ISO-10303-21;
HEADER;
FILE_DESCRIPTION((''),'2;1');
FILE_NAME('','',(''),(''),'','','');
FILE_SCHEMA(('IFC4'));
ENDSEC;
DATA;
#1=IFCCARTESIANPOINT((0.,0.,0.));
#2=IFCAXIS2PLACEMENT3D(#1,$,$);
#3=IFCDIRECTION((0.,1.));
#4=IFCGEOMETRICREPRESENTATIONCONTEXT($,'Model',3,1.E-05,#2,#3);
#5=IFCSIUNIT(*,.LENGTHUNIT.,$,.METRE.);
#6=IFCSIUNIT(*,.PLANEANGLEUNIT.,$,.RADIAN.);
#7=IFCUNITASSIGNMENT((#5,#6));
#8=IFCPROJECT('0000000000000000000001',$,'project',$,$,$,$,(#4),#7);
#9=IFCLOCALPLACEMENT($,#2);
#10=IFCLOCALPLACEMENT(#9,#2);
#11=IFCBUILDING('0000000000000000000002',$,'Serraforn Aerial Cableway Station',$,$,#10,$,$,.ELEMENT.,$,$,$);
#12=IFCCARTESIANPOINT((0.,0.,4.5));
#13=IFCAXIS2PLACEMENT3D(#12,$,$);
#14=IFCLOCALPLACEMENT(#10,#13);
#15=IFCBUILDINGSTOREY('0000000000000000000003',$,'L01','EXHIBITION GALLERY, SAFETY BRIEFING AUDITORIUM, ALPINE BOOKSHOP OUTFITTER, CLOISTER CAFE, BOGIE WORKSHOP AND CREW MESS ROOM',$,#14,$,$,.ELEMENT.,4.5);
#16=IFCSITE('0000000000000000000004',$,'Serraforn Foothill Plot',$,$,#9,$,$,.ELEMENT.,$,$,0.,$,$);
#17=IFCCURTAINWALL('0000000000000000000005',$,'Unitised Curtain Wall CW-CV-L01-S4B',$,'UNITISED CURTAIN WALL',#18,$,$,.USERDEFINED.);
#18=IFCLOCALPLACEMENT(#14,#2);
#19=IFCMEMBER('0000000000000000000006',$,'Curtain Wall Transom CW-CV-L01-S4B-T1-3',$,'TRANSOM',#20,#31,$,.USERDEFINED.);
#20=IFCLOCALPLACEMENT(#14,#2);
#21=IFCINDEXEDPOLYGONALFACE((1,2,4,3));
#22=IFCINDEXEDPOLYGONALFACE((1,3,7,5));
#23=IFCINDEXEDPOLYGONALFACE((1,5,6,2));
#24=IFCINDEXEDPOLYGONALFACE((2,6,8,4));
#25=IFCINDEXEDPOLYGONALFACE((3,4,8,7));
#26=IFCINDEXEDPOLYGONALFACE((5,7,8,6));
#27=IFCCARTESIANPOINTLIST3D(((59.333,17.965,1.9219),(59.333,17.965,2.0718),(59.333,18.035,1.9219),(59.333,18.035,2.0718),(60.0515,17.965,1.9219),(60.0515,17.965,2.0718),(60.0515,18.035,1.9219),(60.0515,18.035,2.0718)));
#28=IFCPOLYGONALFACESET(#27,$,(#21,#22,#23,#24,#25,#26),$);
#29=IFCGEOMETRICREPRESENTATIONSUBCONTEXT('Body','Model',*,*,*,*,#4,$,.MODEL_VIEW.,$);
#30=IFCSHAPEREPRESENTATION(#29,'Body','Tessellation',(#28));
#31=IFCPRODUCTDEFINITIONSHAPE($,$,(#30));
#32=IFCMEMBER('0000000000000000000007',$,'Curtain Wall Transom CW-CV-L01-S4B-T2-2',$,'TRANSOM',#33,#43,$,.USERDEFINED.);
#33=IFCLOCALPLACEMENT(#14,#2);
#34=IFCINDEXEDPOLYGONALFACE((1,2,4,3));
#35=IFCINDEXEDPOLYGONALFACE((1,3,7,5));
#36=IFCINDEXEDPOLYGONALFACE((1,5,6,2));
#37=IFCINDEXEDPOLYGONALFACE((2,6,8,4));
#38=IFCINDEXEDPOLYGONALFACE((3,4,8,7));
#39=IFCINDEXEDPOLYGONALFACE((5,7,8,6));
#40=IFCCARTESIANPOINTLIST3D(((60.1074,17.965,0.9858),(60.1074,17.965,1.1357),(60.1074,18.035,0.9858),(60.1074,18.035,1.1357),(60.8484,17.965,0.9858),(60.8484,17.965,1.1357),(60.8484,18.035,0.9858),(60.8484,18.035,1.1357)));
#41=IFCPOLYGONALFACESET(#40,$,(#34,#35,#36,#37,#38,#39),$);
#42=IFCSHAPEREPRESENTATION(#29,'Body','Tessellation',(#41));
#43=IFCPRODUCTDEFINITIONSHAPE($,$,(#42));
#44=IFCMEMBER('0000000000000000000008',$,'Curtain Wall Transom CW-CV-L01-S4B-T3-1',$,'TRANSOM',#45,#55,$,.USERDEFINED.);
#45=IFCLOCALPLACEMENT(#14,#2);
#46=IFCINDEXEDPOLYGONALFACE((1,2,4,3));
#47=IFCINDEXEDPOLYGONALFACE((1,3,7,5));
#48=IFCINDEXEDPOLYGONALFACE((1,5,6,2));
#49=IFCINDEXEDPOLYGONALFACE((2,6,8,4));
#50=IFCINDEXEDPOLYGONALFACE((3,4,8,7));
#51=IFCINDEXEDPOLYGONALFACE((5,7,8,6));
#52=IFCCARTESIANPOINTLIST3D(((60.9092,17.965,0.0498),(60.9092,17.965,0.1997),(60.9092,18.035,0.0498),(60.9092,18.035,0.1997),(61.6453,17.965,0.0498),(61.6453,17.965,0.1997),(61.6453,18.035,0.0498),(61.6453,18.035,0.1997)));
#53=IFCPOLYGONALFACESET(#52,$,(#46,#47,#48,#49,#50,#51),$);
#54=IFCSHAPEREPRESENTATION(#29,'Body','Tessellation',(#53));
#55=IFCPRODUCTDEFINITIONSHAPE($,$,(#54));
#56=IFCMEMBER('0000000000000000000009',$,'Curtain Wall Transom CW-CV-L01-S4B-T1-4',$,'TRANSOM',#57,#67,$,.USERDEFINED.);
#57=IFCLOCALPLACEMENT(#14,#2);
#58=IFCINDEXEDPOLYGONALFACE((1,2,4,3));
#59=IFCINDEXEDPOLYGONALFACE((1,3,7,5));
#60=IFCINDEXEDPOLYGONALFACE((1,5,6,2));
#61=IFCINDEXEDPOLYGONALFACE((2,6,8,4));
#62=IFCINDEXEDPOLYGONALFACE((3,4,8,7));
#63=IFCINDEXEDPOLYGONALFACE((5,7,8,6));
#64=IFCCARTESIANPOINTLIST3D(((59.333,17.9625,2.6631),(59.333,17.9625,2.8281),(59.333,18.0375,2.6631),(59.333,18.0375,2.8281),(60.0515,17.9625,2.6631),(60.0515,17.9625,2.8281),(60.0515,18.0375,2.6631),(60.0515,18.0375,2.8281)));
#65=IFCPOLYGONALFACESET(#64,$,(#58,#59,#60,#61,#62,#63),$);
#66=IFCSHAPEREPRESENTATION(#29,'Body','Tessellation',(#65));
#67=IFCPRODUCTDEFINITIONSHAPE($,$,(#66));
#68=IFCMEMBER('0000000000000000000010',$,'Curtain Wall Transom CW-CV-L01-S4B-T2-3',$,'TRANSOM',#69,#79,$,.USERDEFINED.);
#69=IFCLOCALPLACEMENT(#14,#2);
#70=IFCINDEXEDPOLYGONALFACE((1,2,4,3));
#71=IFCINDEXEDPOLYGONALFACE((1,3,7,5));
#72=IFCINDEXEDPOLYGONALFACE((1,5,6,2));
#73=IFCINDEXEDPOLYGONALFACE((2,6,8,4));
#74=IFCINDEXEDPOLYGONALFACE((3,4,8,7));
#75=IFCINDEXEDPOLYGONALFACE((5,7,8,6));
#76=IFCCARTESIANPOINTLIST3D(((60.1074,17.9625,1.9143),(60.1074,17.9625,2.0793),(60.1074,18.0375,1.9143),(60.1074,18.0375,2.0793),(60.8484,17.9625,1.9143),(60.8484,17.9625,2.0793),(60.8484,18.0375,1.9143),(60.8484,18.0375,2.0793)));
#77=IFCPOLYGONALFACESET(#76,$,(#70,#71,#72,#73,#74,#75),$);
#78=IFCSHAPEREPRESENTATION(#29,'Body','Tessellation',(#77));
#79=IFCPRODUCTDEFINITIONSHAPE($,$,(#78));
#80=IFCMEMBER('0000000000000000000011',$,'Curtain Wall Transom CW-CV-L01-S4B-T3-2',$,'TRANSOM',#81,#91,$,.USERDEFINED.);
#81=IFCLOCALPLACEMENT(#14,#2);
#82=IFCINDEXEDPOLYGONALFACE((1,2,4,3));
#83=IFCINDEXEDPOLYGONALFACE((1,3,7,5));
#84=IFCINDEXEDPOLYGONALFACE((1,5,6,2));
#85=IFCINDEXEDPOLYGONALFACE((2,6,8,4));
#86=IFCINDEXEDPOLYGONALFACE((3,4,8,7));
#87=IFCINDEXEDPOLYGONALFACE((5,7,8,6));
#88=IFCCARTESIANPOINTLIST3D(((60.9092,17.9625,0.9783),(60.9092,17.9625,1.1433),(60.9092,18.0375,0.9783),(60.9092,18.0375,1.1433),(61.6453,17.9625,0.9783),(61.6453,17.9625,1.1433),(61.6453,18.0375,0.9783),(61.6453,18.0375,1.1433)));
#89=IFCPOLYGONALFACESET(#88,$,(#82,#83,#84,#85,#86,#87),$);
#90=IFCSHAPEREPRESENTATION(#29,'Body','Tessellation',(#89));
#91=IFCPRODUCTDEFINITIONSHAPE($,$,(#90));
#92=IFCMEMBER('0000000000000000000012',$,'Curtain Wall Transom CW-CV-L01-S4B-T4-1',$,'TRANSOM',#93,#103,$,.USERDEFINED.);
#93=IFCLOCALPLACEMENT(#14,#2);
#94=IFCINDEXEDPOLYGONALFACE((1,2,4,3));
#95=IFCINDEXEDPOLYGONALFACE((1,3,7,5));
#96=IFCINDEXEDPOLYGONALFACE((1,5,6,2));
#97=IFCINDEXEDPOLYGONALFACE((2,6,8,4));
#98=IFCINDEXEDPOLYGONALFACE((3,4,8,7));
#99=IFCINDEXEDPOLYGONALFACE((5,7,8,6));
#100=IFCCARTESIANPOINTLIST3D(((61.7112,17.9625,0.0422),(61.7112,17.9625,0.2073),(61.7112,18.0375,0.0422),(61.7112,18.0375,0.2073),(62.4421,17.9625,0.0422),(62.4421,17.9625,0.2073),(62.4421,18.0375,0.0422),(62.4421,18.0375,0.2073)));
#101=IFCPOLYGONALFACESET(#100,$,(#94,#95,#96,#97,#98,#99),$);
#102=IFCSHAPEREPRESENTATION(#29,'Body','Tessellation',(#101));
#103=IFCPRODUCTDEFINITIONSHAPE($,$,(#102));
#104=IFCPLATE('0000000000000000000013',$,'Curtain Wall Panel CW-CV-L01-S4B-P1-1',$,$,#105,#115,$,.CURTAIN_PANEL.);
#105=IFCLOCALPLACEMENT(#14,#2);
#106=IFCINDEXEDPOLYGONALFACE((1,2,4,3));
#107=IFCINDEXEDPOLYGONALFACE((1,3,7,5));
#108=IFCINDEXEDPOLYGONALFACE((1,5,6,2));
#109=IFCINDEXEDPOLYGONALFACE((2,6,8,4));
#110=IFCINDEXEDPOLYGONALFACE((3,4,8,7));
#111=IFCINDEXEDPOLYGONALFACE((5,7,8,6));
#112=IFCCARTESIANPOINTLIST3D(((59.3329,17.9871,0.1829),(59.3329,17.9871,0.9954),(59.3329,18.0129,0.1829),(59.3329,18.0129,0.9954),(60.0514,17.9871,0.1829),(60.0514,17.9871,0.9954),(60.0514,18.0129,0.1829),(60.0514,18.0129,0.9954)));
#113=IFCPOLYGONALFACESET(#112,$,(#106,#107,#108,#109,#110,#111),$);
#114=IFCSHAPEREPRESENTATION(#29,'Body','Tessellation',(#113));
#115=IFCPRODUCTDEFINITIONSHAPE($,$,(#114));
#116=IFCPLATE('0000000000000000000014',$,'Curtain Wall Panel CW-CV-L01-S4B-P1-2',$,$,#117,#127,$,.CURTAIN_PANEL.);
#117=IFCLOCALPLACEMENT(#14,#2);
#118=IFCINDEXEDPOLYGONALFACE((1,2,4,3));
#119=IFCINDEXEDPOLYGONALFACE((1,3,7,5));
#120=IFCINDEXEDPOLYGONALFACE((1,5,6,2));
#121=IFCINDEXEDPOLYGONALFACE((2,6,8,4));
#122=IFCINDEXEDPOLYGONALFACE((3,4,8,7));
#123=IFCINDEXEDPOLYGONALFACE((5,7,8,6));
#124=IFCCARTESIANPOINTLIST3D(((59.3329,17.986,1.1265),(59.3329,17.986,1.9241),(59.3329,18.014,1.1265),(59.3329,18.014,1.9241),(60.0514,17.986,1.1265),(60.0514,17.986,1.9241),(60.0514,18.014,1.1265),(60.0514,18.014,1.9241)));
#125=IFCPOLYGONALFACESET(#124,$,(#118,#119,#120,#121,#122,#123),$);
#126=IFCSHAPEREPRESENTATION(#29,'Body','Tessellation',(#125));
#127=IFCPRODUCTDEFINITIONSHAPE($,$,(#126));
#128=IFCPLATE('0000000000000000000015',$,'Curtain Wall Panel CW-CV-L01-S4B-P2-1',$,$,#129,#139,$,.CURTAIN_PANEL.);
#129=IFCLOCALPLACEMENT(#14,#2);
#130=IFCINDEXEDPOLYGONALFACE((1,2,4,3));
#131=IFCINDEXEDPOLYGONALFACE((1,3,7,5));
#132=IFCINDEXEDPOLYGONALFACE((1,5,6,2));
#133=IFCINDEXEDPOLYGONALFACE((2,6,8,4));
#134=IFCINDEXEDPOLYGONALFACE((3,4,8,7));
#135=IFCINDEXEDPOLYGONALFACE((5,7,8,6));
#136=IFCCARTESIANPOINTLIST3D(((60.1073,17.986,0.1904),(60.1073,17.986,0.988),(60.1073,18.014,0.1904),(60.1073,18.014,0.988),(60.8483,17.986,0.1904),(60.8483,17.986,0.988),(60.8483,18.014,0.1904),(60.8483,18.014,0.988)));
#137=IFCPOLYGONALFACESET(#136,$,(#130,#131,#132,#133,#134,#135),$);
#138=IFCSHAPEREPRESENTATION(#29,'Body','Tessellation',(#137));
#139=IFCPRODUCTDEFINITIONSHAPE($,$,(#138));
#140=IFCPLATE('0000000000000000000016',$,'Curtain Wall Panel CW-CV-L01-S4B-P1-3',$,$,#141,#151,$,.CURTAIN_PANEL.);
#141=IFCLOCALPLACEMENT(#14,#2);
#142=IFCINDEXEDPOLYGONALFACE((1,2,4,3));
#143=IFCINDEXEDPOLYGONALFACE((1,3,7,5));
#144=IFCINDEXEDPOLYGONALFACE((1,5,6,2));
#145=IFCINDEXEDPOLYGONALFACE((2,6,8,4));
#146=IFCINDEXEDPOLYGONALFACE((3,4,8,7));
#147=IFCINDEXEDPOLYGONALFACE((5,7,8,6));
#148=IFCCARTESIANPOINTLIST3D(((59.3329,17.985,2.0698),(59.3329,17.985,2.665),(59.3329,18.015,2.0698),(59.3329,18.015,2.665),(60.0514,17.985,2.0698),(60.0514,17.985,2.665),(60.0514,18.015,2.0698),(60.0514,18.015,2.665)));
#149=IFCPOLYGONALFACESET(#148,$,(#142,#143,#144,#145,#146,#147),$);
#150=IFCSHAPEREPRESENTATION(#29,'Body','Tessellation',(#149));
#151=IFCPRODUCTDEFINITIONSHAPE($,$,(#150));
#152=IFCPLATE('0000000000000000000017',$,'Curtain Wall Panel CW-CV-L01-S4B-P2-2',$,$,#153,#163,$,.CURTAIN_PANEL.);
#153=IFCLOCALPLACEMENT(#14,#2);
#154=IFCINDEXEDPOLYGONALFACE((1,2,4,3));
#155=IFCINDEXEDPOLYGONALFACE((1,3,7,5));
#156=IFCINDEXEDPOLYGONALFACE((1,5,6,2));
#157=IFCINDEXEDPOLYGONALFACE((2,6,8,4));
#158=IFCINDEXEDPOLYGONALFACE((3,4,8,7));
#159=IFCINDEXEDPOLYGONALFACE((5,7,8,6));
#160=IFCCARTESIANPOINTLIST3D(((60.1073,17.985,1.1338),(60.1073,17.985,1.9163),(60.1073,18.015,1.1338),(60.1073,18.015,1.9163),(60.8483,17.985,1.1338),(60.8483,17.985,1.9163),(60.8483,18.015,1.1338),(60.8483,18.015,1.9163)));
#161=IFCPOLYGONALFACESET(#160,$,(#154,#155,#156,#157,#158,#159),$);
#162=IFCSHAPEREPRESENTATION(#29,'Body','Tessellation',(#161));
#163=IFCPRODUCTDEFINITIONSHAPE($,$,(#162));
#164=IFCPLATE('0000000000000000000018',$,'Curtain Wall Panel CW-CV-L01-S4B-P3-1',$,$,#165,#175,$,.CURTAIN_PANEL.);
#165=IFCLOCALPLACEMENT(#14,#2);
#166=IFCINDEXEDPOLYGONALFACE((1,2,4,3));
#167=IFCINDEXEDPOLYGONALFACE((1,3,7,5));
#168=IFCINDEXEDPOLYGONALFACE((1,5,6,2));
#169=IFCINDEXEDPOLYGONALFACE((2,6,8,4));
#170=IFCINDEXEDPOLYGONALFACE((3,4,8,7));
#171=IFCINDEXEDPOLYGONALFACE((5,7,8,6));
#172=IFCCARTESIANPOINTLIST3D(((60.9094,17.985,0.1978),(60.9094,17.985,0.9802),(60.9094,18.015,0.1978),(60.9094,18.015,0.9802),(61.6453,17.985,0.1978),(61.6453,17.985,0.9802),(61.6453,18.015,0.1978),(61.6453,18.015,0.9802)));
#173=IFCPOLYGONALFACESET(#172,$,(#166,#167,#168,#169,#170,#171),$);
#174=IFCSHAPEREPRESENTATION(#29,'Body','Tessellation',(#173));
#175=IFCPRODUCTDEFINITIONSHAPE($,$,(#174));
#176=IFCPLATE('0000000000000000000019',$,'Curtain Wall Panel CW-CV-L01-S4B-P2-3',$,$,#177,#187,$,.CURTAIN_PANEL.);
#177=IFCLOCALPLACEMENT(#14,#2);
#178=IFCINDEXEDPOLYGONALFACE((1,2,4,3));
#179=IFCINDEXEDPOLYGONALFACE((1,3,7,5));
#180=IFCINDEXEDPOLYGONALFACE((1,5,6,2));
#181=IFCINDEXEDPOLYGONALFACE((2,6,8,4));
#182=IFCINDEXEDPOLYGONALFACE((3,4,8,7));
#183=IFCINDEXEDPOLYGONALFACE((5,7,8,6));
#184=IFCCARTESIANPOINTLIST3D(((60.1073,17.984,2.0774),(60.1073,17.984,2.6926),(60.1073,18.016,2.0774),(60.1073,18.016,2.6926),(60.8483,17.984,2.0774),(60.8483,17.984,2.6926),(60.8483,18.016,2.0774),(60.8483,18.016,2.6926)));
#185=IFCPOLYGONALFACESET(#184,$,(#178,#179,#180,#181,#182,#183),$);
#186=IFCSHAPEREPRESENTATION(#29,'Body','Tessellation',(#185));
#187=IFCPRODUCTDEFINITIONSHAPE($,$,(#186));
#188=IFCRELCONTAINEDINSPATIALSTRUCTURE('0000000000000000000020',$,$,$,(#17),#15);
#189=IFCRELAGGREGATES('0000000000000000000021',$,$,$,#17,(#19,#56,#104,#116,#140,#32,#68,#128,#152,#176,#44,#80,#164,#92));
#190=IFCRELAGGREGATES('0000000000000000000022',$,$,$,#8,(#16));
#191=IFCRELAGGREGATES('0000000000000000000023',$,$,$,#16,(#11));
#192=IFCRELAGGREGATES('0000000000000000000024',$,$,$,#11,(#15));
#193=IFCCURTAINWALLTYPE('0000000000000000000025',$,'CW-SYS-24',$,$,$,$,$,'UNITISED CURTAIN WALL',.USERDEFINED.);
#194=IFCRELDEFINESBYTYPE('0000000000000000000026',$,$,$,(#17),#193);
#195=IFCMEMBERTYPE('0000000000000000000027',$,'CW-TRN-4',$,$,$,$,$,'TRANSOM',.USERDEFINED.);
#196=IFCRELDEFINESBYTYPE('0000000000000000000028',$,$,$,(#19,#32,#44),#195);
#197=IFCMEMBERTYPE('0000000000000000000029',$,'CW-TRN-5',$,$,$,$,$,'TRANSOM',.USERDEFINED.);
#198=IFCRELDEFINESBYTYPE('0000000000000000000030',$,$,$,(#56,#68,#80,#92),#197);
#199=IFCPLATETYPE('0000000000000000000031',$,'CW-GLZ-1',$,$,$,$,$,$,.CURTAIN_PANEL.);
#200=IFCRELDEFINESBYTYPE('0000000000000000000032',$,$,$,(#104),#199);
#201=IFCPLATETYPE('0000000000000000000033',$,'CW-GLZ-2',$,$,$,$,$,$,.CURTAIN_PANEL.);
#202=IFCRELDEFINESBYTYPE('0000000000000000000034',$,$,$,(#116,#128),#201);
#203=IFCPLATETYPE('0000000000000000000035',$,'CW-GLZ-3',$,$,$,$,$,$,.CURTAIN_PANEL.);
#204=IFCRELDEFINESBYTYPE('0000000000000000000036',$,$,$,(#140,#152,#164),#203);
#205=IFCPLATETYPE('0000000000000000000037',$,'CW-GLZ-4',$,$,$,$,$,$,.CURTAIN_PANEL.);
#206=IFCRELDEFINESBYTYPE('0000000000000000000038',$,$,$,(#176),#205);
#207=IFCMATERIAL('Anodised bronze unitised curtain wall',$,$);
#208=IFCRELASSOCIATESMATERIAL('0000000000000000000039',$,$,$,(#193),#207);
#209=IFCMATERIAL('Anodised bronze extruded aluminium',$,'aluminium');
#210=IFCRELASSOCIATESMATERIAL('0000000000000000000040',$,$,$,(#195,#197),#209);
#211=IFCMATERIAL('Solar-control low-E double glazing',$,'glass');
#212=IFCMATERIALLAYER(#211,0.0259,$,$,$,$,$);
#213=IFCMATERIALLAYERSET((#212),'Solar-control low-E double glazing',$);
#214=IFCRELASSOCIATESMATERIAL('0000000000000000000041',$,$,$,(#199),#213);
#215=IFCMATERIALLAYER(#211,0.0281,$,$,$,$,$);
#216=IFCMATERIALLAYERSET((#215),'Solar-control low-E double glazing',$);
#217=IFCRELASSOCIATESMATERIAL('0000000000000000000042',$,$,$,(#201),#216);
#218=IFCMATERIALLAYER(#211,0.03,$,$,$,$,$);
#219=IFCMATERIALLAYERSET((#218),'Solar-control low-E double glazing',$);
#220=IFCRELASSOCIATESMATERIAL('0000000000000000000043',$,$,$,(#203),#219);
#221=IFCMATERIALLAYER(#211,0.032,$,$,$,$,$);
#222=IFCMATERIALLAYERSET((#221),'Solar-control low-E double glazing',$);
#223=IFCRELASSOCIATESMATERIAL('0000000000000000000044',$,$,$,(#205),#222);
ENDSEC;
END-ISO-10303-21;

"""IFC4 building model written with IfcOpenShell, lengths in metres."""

from ifc_helpers import new_model, si_unit, direction, frame, origin, origin_2d, place, context, subcontext, project, spatial, rectangle, extrude, material, layer, layer_set, material_profile, profile_set, type_object, element, aggregate, save


model = new_model("IFC4")

# Units and contexts
model_context = context("Model", 3, precision=1e-05, world=origin(), true_north=direction((0.0, 1.0)))
body_context = subcontext(model_context, "Body", "Model", "MODEL_VIEW")
ifc_project = project(units=[si_unit("LENGTHUNIT", "METRE"), si_unit("PLANEANGLEUNIT", "RADIAN")], contexts=[model_context])

# Site, building, storey
site_placement = place(None, origin())
site = spatial("IfcSite", under=ifc_project, at=site_placement, Name="Serraforn Foothill Plot", CompositionType="ELEMENT", RefElevation=0.0)
building_placement = place(site_placement, origin())
building = spatial("IfcBuilding", under=site, at=building_placement, Name="Serraforn Aerial Cableway Station", CompositionType="ELEMENT")
storey_placement = place(building_placement, frame((0.0, 0.0, 4.5)))
storey = spatial("IfcBuildingStorey", under=building, at=storey_placement, Name="L01", Description="EXHIBITION GALLERY, SAFETY BRIEFING AUDITORIUM, ALPINE BOOKSHOP OUTFITTER, CLOISTER CAFE, BOGIE WORKSHOP AND CREW MESS ROOM", CompositionType="ELEMENT", Elevation=4.5)

# Curtain wall, members, plates
ifc_material_1 = material(Name="Anodised bronze unitised curtain wall")
curtain_wall_type = type_object("IfcCurtainWallType", Name="CW-SYS-24", ElementType="UNITISED CURTAIN WALL", PredefinedType="USERDEFINED", material=ifc_material_1)
curtain_wall_placement = place(storey_placement, origin())
curtain_wall = element("IfcCurtainWall", 1, at=curtain_wall_placement, inside=storey, type_object=curtain_wall_type, Name="Unitised Curtain Wall CW-CV-L01-S4B", ObjectType="UNITISED CURTAIN WALL", PredefinedType="USERDEFINED")
ifc_material_2 = material(Name="Anodised bronze extruded aluminium", Category="aluminium")
ifc_material_profile_1 = material_profile(ifc_material_2, rectangle(XDim=0.0701, YDim=0.1499, at=origin_2d()), Name="CW TRANSOM 70x150")
ifc_profile_set_1 = profile_set([ifc_material_profile_1], Name="Anodised bronze extruded aluminium")
member_type_1 = type_object("IfcMemberType", Name="CW-TRN-4", ElementType="TRANSOM", PredefinedType="USERDEFINED", material=ifc_profile_set_1)
member_1_placement = place(storey_placement, frame((59.333, 18.0, 1.9968), z_axis=(1.0, 0.0, 0.0), x_axis=(0.0, 1.0, 0.0)))
member_1 = element("IfcMember", 2, at=member_1_placement, type_object=member_type_1, Name="Curtain Wall Transom CW-CV-L01-S4B-T1-3", ObjectType="TRANSOM", PredefinedType="USERDEFINED", context=body_context, shape_type="SweptSolid", body=[
    extrude(rectangle(XDim=0.0701, YDim=0.1499, at=origin_2d()), origin(), (0.0, 0.0, 1.0), 0.7185),
])
member_2_placement = place(storey_placement, frame((60.1074, 18.0, 1.0608), z_axis=(1.0, 0.0, 0.0), x_axis=(0.0, 1.0, 0.0)))
member_2 = element("IfcMember", 3, at=member_2_placement, type_object=member_type_1, Name="Curtain Wall Transom CW-CV-L01-S4B-T2-2", ObjectType="TRANSOM", PredefinedType="USERDEFINED", context=body_context, shape_type="SweptSolid", body=[
    extrude(rectangle(XDim=0.0701, YDim=0.1499, at=origin_2d()), origin(), (0.0, 0.0, 1.0), 0.741),
])
member_3_placement = place(storey_placement, frame((60.9092, 18.0, 0.1248), z_axis=(1.0, 0.0, 0.0), x_axis=(0.0, 1.0, 0.0)))
member_3 = element("IfcMember", 4, at=member_3_placement, type_object=member_type_1, Name="Curtain Wall Transom CW-CV-L01-S4B-T3-1", ObjectType="TRANSOM", PredefinedType="USERDEFINED", context=body_context, shape_type="SweptSolid", body=[
    extrude(rectangle(XDim=0.0701, YDim=0.1499, at=origin_2d()), origin(), (0.0, 0.0, 1.0), 0.7361),
])
ifc_material_profile_2 = material_profile(ifc_material_2, rectangle(XDim=0.075, YDim=0.165, at=origin_2d()), Name="CW TRANSOM 75x165")
ifc_profile_set_2 = profile_set([ifc_material_profile_2], Name="Anodised bronze extruded aluminium")
member_type_2 = type_object("IfcMemberType", Name="CW-TRN-5", ElementType="TRANSOM", PredefinedType="USERDEFINED", material=ifc_profile_set_2)
member_4_placement = place(storey_placement, frame((59.333, 18.0, 2.7456), z_axis=(1.0, 0.0, 0.0), x_axis=(0.0, 1.0, 0.0)))
member_4 = element("IfcMember", 5, at=member_4_placement, type_object=member_type_2, Name="Curtain Wall Transom CW-CV-L01-S4B-T1-4", ObjectType="TRANSOM", PredefinedType="USERDEFINED", context=body_context, shape_type="SweptSolid", body=[
    extrude(rectangle(XDim=0.075, YDim=0.165, at=origin_2d()), origin(), (0.0, 0.0, 1.0), 0.7185),
])
member_5_placement = place(storey_placement, frame((60.1074, 18.0, 1.9968), z_axis=(1.0, 0.0, 0.0), x_axis=(0.0, 1.0, 0.0)))
member_5 = element("IfcMember", 6, at=member_5_placement, type_object=member_type_2, Name="Curtain Wall Transom CW-CV-L01-S4B-T2-3", ObjectType="TRANSOM", PredefinedType="USERDEFINED", context=body_context, shape_type="SweptSolid", body=[
    extrude(rectangle(XDim=0.075, YDim=0.165, at=origin_2d()), origin(), (0.0, 0.0, 1.0), 0.741),
])
member_6_placement = place(storey_placement, frame((60.9092, 18.0, 1.0608), z_axis=(1.0, 0.0, 0.0), x_axis=(0.0, 1.0, 0.0)))
member_6 = element("IfcMember", 7, at=member_6_placement, type_object=member_type_2, Name="Curtain Wall Transom CW-CV-L01-S4B-T3-2", ObjectType="TRANSOM", PredefinedType="USERDEFINED", context=body_context, shape_type="SweptSolid", body=[
    extrude(rectangle(XDim=0.075, YDim=0.165, at=origin_2d()), origin(), (0.0, 0.0, 1.0), 0.7361),
])
member_7_placement = place(storey_placement, frame((61.7112, 18.0, 0.1248), z_axis=(1.0, 0.0, 0.0), x_axis=(0.0, 1.0, 0.0)))
member_7 = element("IfcMember", 8, at=member_7_placement, type_object=member_type_2, Name="Curtain Wall Transom CW-CV-L01-S4B-T4-1", ObjectType="TRANSOM", PredefinedType="USERDEFINED", context=body_context, shape_type="SweptSolid", body=[
    extrude(rectangle(XDim=0.075, YDim=0.165, at=origin_2d()), origin(), (0.0, 0.0, 1.0), 0.731),
])
ifc_material_3 = material(Name="Solar-control low-E double glazing", Category="glass")
ifc_layer_1 = layer(ifc_material_3, 0.0259)
ifc_layer_set_1 = layer_set([ifc_layer_1], Name="Solar-control low-E double glazing")
plate_type_1 = type_object("IfcPlateType", Name="CW-GLZ-1", PredefinedType="CURTAIN_PANEL", material=ifc_layer_set_1)
plate_1_placement = place(storey_placement, frame((59.6921, 18.0, 0.1829), z_axis=(0.0, 0.0, 1.0), x_axis=(1.0, 0.0, 0.0)))
plate_1 = element("IfcPlate", 9, at=plate_1_placement, type_object=plate_type_1, Name="Curtain Wall Panel CW-CV-L01-S4B-P1-1", PredefinedType="CURTAIN_PANEL", context=body_context, shape_type="SweptSolid", body=[
    extrude(rectangle(XDim=0.7185, YDim=0.0259, at=origin_2d()), origin(), (0.0, 0.0, 1.0), 0.8125),
])
ifc_layer_2 = layer(ifc_material_3, 0.0281)
ifc_layer_set_2 = layer_set([ifc_layer_2], Name="Solar-control low-E double glazing")
plate_type_2 = type_object("IfcPlateType", Name="CW-GLZ-2", PredefinedType="CURTAIN_PANEL", material=ifc_layer_set_2)
plate_2_placement = place(storey_placement, frame((59.6921, 18.0, 1.1265), z_axis=(0.0, 0.0, 1.0), x_axis=(1.0, 0.0, 0.0)))
plate_2 = element("IfcPlate", 10, at=plate_2_placement, type_object=plate_type_2, Name="Curtain Wall Panel CW-CV-L01-S4B-P1-2", PredefinedType="CURTAIN_PANEL", context=body_context, shape_type="SweptSolid", body=[
    extrude(rectangle(XDim=0.7185, YDim=0.0281, at=origin_2d()), origin(), (0.0, 0.0, 1.0), 0.7976),
])
plate_3_placement = place(storey_placement, frame((60.4778, 18.0, 0.1904), z_axis=(0.0, 0.0, 1.0), x_axis=(1.0, 0.0, 0.0)))
plate_3 = element("IfcPlate", 11, at=plate_3_placement, type_object=plate_type_2, Name="Curtain Wall Panel CW-CV-L01-S4B-P2-1", PredefinedType="CURTAIN_PANEL", context=body_context, shape_type="SweptSolid", body=[
    extrude(rectangle(XDim=0.741, YDim=0.0281, at=origin_2d()), origin(), (0.0, 0.0, 1.0), 0.7976),
])
ifc_layer_3 = layer(ifc_material_3, 0.03)
ifc_layer_set_3 = layer_set([ifc_layer_3], Name="Solar-control low-E double glazing")
plate_type_3 = type_object("IfcPlateType", Name="CW-GLZ-3", PredefinedType="CURTAIN_PANEL", material=ifc_layer_set_3)
plate_4_placement = place(storey_placement, frame((59.6921, 18.0, 2.0698), z_axis=(0.0, 0.0, 1.0), x_axis=(1.0, 0.0, 0.0)))
plate_4 = element("IfcPlate", 12, at=plate_4_placement, type_object=plate_type_3, Name="Curtain Wall Panel CW-CV-L01-S4B-P1-3", PredefinedType="CURTAIN_PANEL", context=body_context, shape_type="SweptSolid", body=[
    extrude(rectangle(XDim=0.7185, YDim=0.03, at=origin_2d()), origin(), (0.0, 0.0, 1.0), 0.5952),
])
plate_5_placement = place(storey_placement, frame((60.4778, 18.0, 1.1338), z_axis=(0.0, 0.0, 1.0), x_axis=(1.0, 0.0, 0.0)))
plate_5 = element("IfcPlate", 13, at=plate_5_placement, type_object=plate_type_3, Name="Curtain Wall Panel CW-CV-L01-S4B-P2-2", PredefinedType="CURTAIN_PANEL", context=body_context, shape_type="SweptSolid", body=[
    extrude(rectangle(XDim=0.741, YDim=0.03, at=origin_2d()), origin(), (0.0, 0.0, 1.0), 0.7825),
])
plate_6_placement = place(storey_placement, frame((61.2773, 18.0, 0.1978), z_axis=(0.0, 0.0, 1.0), x_axis=(1.0, 0.0, 0.0)))
plate_6 = element("IfcPlate", 14, at=plate_6_placement, type_object=plate_type_3, Name="Curtain Wall Panel CW-CV-L01-S4B-P3-1", PredefinedType="CURTAIN_PANEL", context=body_context, shape_type="SweptSolid", body=[
    extrude(rectangle(XDim=0.7358, YDim=0.03, at=origin_2d()), origin(), (0.0, 0.0, 1.0), 0.7825),
])
ifc_layer_4 = layer(ifc_material_3, 0.032)
ifc_layer_set_4 = layer_set([ifc_layer_4], Name="Solar-control low-E double glazing")
plate_type_4 = type_object("IfcPlateType", Name="CW-GLZ-4", PredefinedType="CURTAIN_PANEL", material=ifc_layer_set_4)
plate_7_placement = place(storey_placement, frame((60.4778, 18.0, 2.0774), z_axis=(0.0, 0.0, 1.0), x_axis=(1.0, 0.0, 0.0)))
plate_7 = element("IfcPlate", 15, at=plate_7_placement, type_object=plate_type_4, Name="Curtain Wall Panel CW-CV-L01-S4B-P2-3", PredefinedType="CURTAIN_PANEL", context=body_context, shape_type="SweptSolid", body=[
    extrude(rectangle(XDim=0.741, YDim=0.032, at=origin_2d()), origin(), (0.0, 0.0, 1.0), 0.6152),
])
aggregate(curtain_wall, [member_1, member_4, plate_1, plate_2, plate_4, member_2, member_5, plate_3, plate_5, plate_7, member_3, member_6, plate_6, member_7])

save(model, "model.ifc")
